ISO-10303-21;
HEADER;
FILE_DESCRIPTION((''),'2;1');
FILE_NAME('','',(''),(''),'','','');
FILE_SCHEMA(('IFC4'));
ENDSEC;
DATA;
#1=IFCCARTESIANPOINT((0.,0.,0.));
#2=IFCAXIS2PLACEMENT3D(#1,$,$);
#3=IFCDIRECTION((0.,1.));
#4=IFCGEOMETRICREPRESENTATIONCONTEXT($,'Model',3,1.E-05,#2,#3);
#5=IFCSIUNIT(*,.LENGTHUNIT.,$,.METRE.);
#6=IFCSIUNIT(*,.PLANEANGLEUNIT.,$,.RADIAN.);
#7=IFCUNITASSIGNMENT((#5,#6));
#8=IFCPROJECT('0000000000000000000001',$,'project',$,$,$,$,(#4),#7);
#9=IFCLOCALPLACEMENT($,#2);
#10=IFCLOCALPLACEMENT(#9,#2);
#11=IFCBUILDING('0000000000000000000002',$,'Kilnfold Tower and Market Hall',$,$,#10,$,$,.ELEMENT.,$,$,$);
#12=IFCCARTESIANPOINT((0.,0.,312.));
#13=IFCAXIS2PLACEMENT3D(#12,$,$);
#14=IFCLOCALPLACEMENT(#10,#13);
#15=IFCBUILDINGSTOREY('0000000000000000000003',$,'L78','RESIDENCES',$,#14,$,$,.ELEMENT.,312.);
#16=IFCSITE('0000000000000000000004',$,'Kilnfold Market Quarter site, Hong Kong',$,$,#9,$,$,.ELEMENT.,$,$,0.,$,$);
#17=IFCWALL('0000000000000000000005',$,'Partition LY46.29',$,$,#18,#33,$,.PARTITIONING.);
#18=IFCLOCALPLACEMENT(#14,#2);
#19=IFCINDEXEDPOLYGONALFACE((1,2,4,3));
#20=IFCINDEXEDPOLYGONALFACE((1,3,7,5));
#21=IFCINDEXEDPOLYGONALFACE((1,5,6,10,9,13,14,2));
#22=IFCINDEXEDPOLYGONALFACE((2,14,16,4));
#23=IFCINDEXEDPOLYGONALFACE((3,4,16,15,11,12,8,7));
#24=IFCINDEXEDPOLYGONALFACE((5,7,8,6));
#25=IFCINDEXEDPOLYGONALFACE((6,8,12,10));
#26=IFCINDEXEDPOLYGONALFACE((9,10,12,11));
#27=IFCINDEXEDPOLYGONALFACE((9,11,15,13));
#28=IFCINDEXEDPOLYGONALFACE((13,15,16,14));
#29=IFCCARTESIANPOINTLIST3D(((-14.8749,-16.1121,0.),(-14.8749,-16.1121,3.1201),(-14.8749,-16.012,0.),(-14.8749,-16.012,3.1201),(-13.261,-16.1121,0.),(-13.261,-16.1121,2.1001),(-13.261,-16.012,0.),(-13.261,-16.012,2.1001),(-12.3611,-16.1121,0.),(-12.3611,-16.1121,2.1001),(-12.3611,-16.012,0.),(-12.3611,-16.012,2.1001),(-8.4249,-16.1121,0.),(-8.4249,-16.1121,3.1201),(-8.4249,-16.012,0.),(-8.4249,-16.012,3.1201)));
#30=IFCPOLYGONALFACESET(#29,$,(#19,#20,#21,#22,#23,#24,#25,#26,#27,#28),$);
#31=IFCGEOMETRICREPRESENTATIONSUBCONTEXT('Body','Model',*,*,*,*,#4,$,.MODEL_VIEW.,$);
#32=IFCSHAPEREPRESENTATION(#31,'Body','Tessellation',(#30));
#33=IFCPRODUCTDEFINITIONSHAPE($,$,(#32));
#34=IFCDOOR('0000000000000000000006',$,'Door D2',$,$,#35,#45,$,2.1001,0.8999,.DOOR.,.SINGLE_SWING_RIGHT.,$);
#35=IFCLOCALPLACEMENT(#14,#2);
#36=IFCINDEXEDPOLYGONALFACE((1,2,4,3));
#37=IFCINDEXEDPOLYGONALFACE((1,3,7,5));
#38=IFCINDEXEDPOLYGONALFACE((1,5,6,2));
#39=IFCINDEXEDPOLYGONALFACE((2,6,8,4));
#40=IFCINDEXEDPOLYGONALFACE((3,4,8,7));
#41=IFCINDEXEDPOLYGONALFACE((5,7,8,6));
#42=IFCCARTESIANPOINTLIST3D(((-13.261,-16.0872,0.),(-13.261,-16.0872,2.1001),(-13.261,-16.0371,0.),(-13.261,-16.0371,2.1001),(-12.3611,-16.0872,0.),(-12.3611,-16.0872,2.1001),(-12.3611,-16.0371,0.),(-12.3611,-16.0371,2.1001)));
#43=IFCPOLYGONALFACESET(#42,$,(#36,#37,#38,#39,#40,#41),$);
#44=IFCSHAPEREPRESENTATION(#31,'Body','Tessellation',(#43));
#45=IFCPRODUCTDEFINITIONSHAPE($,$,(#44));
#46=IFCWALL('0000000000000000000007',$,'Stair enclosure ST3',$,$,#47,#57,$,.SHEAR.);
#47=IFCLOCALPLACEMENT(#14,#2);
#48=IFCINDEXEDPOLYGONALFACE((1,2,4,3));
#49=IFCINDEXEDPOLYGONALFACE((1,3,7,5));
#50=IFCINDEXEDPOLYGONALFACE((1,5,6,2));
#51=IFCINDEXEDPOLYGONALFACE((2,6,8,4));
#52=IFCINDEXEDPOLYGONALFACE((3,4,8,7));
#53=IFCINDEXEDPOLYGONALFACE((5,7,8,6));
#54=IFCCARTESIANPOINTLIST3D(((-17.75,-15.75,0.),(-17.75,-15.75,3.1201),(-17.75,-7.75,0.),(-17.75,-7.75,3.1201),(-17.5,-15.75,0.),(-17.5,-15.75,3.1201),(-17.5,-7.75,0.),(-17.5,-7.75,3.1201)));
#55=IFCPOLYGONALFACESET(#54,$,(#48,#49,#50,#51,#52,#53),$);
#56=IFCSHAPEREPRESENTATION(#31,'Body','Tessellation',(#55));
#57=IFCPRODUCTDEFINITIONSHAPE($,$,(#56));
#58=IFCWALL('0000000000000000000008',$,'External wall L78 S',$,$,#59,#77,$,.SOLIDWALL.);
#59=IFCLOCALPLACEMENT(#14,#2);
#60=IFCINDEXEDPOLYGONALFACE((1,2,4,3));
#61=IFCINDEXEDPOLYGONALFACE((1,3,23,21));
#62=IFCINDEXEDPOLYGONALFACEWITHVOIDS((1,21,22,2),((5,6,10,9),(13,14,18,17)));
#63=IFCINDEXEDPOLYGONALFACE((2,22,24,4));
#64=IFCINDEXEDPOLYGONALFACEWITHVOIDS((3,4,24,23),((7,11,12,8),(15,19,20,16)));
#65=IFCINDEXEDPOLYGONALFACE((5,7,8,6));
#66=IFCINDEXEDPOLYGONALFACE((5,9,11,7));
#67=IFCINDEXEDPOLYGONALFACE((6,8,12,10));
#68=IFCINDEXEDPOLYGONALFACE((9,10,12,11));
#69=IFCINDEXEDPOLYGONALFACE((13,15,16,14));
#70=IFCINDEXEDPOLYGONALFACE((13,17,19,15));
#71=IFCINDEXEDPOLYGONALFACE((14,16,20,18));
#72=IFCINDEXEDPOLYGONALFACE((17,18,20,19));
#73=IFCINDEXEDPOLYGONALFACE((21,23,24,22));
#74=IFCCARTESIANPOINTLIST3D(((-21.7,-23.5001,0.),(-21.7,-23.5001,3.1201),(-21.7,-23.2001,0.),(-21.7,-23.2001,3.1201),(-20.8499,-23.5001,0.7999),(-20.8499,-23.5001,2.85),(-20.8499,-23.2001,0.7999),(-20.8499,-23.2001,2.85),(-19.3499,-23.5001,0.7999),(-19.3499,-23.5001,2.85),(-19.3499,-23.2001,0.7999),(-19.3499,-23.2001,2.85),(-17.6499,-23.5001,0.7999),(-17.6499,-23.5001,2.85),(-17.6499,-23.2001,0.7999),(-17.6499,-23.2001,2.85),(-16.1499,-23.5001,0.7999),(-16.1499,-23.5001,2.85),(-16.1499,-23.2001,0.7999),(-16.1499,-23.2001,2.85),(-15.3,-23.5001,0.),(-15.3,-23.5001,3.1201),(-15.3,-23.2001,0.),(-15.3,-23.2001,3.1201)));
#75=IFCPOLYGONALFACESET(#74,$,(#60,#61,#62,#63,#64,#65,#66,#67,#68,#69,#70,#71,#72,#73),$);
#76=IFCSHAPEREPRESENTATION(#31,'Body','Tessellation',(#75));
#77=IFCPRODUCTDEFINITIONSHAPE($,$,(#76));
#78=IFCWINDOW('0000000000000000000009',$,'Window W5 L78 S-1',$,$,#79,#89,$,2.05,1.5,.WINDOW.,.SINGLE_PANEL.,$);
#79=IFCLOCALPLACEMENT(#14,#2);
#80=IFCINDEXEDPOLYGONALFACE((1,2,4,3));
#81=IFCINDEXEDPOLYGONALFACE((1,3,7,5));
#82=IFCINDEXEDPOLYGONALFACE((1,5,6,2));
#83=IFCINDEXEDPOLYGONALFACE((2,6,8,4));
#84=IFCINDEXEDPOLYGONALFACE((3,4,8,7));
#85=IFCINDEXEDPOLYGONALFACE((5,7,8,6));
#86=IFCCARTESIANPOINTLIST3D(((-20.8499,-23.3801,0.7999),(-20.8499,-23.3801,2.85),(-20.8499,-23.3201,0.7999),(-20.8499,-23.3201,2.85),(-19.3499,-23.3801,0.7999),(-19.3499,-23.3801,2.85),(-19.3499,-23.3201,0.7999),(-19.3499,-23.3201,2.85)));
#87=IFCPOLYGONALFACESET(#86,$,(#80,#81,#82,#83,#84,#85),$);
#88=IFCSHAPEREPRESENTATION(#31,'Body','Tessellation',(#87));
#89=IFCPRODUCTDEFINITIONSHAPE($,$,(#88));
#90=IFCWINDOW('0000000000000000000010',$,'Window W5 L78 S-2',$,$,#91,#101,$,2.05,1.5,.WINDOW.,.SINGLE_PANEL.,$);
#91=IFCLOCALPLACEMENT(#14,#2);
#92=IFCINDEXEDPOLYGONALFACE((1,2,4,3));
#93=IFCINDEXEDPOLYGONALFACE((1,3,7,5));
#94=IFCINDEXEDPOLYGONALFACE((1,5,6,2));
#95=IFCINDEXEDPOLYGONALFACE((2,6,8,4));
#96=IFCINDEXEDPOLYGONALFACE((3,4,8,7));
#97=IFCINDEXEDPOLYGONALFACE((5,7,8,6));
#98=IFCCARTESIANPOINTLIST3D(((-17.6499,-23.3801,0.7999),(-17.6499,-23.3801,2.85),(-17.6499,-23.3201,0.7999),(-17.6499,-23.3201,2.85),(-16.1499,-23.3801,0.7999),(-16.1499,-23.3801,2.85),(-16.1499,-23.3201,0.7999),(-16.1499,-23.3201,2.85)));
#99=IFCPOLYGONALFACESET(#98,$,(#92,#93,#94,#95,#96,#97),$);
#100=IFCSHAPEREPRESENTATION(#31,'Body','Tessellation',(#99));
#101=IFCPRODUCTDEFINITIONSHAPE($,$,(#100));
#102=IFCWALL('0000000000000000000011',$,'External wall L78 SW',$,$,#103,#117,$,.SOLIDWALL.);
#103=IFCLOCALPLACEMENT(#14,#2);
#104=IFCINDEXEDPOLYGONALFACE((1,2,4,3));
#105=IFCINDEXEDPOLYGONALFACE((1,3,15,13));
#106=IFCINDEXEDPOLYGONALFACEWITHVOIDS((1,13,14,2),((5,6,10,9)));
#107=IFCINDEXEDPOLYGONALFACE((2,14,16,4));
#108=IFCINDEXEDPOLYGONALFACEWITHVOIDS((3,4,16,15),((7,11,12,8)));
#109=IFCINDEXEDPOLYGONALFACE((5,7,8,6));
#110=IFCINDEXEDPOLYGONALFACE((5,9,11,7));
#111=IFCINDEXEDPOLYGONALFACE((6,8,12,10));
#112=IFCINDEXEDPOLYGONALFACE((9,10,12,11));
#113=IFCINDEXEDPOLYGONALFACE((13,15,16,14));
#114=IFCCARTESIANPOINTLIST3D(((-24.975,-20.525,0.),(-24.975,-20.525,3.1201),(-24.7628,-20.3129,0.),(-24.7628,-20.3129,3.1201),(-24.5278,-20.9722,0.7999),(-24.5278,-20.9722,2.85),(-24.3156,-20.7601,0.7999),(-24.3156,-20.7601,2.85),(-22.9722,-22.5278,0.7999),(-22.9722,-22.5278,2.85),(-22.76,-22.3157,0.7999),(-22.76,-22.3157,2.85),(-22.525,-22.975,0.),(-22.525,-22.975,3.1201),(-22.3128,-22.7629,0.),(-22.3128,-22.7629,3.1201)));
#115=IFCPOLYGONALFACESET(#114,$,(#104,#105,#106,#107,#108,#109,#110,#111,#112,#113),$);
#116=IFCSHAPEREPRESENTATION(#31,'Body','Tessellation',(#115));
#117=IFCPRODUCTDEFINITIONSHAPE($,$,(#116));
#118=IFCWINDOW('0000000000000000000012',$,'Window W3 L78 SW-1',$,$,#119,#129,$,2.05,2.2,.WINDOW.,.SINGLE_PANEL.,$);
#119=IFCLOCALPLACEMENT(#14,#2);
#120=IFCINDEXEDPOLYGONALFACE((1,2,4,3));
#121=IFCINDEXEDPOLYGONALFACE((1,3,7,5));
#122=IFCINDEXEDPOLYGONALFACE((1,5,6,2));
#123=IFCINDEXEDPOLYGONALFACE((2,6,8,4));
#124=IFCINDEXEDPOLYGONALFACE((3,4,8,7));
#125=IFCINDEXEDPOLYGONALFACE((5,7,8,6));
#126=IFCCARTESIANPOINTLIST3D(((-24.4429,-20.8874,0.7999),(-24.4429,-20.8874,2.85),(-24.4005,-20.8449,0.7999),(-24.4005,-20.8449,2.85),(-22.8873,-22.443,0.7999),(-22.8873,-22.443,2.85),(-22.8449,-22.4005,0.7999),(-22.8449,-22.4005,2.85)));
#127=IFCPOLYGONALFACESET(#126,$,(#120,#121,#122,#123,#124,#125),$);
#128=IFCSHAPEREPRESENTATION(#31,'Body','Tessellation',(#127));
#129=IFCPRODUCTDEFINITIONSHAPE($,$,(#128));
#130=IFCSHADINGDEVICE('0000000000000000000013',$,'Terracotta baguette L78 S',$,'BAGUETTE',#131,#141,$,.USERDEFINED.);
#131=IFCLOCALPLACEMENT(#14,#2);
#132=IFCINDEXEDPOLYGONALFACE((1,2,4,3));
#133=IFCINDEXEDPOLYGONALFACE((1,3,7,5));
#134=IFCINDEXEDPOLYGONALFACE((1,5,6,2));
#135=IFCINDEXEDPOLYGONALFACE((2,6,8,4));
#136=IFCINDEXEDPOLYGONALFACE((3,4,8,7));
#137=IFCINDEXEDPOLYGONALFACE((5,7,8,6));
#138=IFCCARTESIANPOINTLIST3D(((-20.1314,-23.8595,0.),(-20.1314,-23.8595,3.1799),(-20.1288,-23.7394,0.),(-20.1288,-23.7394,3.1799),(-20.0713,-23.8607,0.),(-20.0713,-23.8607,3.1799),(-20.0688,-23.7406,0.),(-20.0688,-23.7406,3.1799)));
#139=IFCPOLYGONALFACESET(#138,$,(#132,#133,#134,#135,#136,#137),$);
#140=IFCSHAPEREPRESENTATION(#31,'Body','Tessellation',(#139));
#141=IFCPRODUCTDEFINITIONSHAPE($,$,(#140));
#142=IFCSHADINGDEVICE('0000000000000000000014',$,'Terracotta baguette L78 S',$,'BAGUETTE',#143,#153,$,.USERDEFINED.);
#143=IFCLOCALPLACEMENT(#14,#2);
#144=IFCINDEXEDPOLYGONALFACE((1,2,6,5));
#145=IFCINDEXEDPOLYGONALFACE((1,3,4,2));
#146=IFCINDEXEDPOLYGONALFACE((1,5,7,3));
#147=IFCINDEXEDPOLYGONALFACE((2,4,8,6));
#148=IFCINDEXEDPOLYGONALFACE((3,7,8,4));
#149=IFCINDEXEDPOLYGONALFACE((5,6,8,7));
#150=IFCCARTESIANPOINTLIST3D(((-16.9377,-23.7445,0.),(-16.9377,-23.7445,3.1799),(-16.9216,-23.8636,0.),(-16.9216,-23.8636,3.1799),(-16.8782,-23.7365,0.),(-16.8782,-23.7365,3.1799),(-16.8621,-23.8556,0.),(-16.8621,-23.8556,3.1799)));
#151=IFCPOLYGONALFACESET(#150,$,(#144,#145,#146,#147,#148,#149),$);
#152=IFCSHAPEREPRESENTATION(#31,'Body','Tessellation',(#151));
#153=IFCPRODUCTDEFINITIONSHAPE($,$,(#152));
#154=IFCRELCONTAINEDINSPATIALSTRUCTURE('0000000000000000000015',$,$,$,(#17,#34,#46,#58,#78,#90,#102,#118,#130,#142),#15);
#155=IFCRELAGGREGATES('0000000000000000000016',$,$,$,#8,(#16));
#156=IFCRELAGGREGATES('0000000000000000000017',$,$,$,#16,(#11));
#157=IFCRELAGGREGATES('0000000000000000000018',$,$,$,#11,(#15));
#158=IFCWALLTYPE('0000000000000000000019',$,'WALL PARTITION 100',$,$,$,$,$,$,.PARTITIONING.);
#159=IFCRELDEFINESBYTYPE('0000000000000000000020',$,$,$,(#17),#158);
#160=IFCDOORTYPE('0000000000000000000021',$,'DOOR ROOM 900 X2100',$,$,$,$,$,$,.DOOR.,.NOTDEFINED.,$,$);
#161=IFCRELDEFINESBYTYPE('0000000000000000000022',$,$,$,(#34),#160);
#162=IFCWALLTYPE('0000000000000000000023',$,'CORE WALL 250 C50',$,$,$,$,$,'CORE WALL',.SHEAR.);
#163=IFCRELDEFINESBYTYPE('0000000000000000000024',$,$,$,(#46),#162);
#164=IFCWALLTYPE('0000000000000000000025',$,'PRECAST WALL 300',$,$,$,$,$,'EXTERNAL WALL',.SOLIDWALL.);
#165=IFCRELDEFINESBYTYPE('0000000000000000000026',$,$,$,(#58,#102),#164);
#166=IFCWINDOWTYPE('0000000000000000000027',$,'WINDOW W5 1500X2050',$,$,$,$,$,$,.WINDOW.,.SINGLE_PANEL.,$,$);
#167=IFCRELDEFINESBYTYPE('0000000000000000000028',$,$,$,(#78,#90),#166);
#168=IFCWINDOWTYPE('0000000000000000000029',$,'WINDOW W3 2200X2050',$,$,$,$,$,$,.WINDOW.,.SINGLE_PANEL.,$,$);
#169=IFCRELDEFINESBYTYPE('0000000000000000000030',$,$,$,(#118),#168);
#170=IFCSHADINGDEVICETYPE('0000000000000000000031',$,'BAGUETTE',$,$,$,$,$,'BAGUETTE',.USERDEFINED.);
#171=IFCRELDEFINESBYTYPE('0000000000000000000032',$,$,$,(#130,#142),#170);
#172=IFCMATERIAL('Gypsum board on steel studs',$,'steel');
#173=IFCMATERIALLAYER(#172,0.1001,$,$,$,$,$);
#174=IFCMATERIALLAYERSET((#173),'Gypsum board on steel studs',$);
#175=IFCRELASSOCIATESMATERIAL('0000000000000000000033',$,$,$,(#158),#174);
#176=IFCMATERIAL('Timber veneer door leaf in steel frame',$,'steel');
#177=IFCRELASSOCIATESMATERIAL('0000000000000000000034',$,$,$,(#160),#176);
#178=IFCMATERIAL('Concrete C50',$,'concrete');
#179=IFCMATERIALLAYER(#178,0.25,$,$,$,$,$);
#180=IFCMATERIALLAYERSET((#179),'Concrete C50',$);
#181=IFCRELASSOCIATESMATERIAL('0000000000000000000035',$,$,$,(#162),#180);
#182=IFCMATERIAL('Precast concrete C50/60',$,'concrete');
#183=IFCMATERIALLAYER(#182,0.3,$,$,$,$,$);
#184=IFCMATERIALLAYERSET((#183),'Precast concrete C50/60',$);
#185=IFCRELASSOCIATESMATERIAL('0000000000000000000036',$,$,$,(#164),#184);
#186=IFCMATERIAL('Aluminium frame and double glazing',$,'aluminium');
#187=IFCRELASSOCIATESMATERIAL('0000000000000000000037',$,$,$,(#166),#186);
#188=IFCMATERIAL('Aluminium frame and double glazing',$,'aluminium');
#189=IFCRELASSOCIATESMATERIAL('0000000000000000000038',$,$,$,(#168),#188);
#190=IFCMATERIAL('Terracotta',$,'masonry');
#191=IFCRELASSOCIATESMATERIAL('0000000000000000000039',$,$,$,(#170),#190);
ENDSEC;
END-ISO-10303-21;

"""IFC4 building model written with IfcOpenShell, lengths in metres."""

from ifc_helpers import new_model, si_unit, direction, frame, frame_2d, origin, origin_2d, place, context, subcontext, project, spatial, rectangle, extrude, source, transform, mapped, material, layer, layer_set, material_profile, profile_set, type_object, element, fill, save


model = new_model("IFC4")

# Units and contexts
model_context = context("Model", 3, precision=1e-05, world=origin(), true_north=direction((0.0, 1.0)))
body_context = subcontext(model_context, "Body", "Model", "MODEL_VIEW")
ifc_project = project(units=[si_unit("LENGTHUNIT", "METRE"), si_unit("PLANEANGLEUNIT", "RADIAN")], contexts=[model_context])

# Site, building, storey
site_placement = place(None, origin())
site = spatial("IfcSite", under=ifc_project, at=site_placement, Name="Kilnfold Market Quarter site, Hong Kong", CompositionType="ELEMENT", RefElevation=0.0)
building_placement = place(site_placement, origin())
building = spatial("IfcBuilding", under=site, at=building_placement, Name="Kilnfold Tower and Market Hall", CompositionType="ELEMENT")
storey_placement = place(building_placement, frame((0.0, 0.0, 312.0)))
storey = spatial("IfcBuildingStorey", under=building, at=storey_placement, Name="L78", Description="RESIDENCES", CompositionType="ELEMENT", Elevation=312.0)

# Wall, opening, door
ifc_material_1 = material(Name="Gypsum board on steel studs", Category="steel")
ifc_layer_1 = layer(ifc_material_1, 0.1001)
ifc_layer_set_1 = layer_set([ifc_layer_1], Name="Gypsum board on steel studs")
wall_type_1 = type_object("IfcWallType", Name="WALL PARTITION 100", PredefinedType="PARTITIONING", material=ifc_layer_set_1)
ifc_material_2 = material(Name="Timber veneer door leaf in steel frame", Category="steel")
door_type = type_object("IfcDoorType", Name="DOOR ROOM 900 X2100", OperationType="NOTDEFINED", PredefinedType="DOOR", material=ifc_material_2)
wall_1_placement = place(storey_placement, frame((-14.875, -16.062, 0.0), z_axis=(0.0, 0.0, 1.0), x_axis=(1.0, 0.0, 0.0)))
wall_1 = element("IfcWall", 1, at=wall_1_placement, inside=storey, type_object=wall_type_1, Name="Partition LY46.29", PredefinedType="PARTITIONING", context=body_context, shape_type="SweptSolid", body=[
    extrude(rectangle(XDim=6.45, YDim=0.1001, at=frame_2d((3.2251, 0.0))), origin(), (0.0, 0.0, 1.0), 3.1201),
])
opening_1_placement = place(wall_1_placement, frame((1.614, 0.0, 0.0)))
opening_1 = element("IfcOpeningElement", 2, at=opening_1_placement, cuts=wall_1, PredefinedType="OPENING", context=body_context, shape_type="SweptSolid", body=[
    extrude(rectangle(XDim=0.8999, YDim=2.1001, at=frame_2d((0.45, 1.05))), frame((0.0, 0.0601, 0.0), z_axis=(0.0, -1.0, 0.0), x_axis=(1.0, 0.0, 0.0)), (0.0, 0.0, 1.0), 0.1201),
])
door_1_placement = place(opening_1_placement, origin())
door_1 = element("IfcDoor", 3, at=door_1_placement, inside=storey, type_object=door_type, Name="Door D2", OperationType="SINGLE_SWING_RIGHT", OverallHeight=2.1001, OverallWidth=0.8999, PredefinedType="DOOR", context=body_context, shape_type="SweptSolid", body=[
    extrude(rectangle(XDim=0.8999, YDim=2.1001, at=frame_2d((0.45, 1.05))), frame((0.0, 0.0249, 0.0), z_axis=(0.0, -1.0, 0.0), x_axis=(1.0, 0.0, 0.0)), (0.0, 0.0, 1.0), 0.05),
])
fill(opening_1, door_1)

# Wall
ifc_material_3 = material(Name="Concrete C50", Category="concrete")
ifc_layer_2 = layer(ifc_material_3, 0.25)
ifc_layer_set_2 = layer_set([ifc_layer_2], Name="Concrete C50")
wall_type_2 = type_object("IfcWallType", Name="CORE WALL 250 C50", ElementType="CORE WALL", PredefinedType="SHEAR", material=ifc_layer_set_2)
shared_shape_1 = source(origin(), body_context, "Body", "SweptSolid", [
    extrude(rectangle(XDim=8.0, YDim=0.25, at=frame_2d((4.0, 0.0))), origin(), (0.0, 0.0, 1.0), 3.1201),
])
wall_2_placement = place(storey_placement, frame((-17.625, -15.75, 0.0), z_axis=(0.0, 0.0, 1.0), x_axis=(0.0, 1.0, 0.0)))
element("IfcWall", 4, at=wall_2_placement, inside=storey, type_object=wall_type_2, Name="Stair enclosure ST3", PredefinedType="SHEAR", context=body_context, shape_type="MappedRepresentation", body=[
    mapped(shared_shape_1, transform((0.0, 0.0, 0.0))),
])

# Wall, openings, windows
ifc_material_4 = material(Name="Precast concrete C50/60", Category="concrete")
ifc_layer_3 = layer(ifc_material_4, 0.3)
ifc_layer_set_3 = layer_set([ifc_layer_3], Name="Precast concrete C50/60")
wall_type_3 = type_object("IfcWallType", Name="PRECAST WALL 300", ElementType="EXTERNAL WALL", PredefinedType="SOLIDWALL", material=ifc_layer_set_3)
shared_shape_2 = source(origin(), body_context, "Body", "SweptSolid", [
    extrude(rectangle(XDim=6.3999, YDim=0.3, at=frame_2d((3.2, 0.0))), origin(), (0.0, 0.0, 1.0), 3.1201),
])
wall_3_placement = place(storey_placement, frame((-21.7, -23.3501, 0.0), z_axis=(0.0, 0.0, 1.0), x_axis=(1.0, 0.0, 0.0)))
wall_3 = element("IfcWall", 5, at=wall_3_placement, inside=storey, type_object=wall_type_3, Name="External wall L78 S", PredefinedType="SOLIDWALL", context=body_context, shape_type="MappedRepresentation", body=[
    mapped(shared_shape_2, transform((0.0, 0.0, 0.0))),
])
opening_2_placement = place(wall_3_placement, frame((0.8501, 0.0, 0.8)))
opening_2 = element("IfcOpeningElement", 6, at=opening_2_placement, cuts=wall_3, PredefinedType="OPENING", context=body_context, shape_type="SweptSolid", body=[
    extrude(rectangle(XDim=1.5, YDim=2.05, at=frame_2d((0.75, 1.0249))), frame((0.0, 0.1602, 0.0), z_axis=(0.0, -1.0, 0.0), x_axis=(1.0, 0.0, 0.0)), (0.0, 0.0, 1.0), 0.3201),
])
opening_3_placement = place(wall_3_placement, frame((4.05, 0.0, 0.8)))
opening_3 = element("IfcOpeningElement", 7, at=opening_3_placement, cuts=wall_3, PredefinedType="OPENING", context=body_context, shape_type="SweptSolid", body=[
    extrude(rectangle(XDim=1.5, YDim=2.05, at=frame_2d((0.75, 1.0249))), frame((0.0, 0.1602, 0.0), z_axis=(0.0, -1.0, 0.0), x_axis=(1.0, 0.0, 0.0)), (0.0, 0.0, 1.0), 0.3201),
])
ifc_material_5 = material(Name="Aluminium frame and double glazing", Category="aluminium")
window_type_1 = type_object("IfcWindowType", Name="WINDOW W5 1500X2050", PartitioningType="SINGLE_PANEL", PredefinedType="WINDOW", material=ifc_material_5)
window_1_placement = place(opening_2_placement, origin())
window_1 = element("IfcWindow", 8, at=window_1_placement, inside=storey, type_object=window_type_1, Name="Window W5 L78 S-1", OverallHeight=2.05, OverallWidth=1.5, PartitioningType="SINGLE_PANEL", PredefinedType="WINDOW", context=body_context, shape_type="SweptSolid", body=[
    extrude(rectangle(XDim=1.5, YDim=2.05, at=frame_2d((0.75, 1.0249))), frame((0.0, 0.03, 0.0), z_axis=(0.0, -1.0, 0.0), x_axis=(1.0, 0.0, 0.0)), (0.0, 0.0, 1.0), 0.0601),
])
fill(opening_2, window_1)
window_2_placement = place(opening_3_placement, origin())
window_2 = element("IfcWindow", 9, at=window_2_placement, inside=storey, type_object=window_type_1, Name="Window W5 L78 S-2", OverallHeight=2.05, OverallWidth=1.5, PartitioningType="SINGLE_PANEL", PredefinedType="WINDOW", context=body_context, shape_type="SweptSolid", body=[
    extrude(rectangle(XDim=1.5, YDim=2.05, at=frame_2d((0.75, 1.0249))), frame((0.0, 0.03, 0.0), z_axis=(0.0, -1.0, 0.0), x_axis=(1.0, 0.0, 0.0)), (0.0, 0.0, 1.0), 0.0601),
])
fill(opening_3, window_2)

# Wall, opening, window
shared_shape_3 = source(origin(), body_context, "Body", "SweptSolid", [
    extrude(rectangle(XDim=3.4648, YDim=0.3, at=frame_2d((1.7324, 0.0))), origin(), (0.0, 0.0, 1.0), 3.1201),
])
wall_4_placement = place(storey_placement, frame((-24.8689, -20.4189, 0.0), z_axis=(0.0, 0.0, 1.0), x_axis=(0.707107, -0.707107, 0.0)))
wall_4 = element("IfcWall", 10, at=wall_4_placement, inside=storey, type_object=wall_type_3, Name="External wall L78 SW", PredefinedType="SOLIDWALL", context=body_context, shape_type="MappedRepresentation", body=[
    mapped(shared_shape_3, transform((0.0, 0.0, 0.0))),
])
opening_4_placement = place(wall_4_placement, frame((0.6323, 0.0, 0.8)))
opening_4 = element("IfcOpeningElement", 11, at=opening_4_placement, cuts=wall_4, PredefinedType="OPENING", context=body_context, shape_type="SweptSolid", body=[
    extrude(rectangle(XDim=2.2, YDim=2.05, at=frame_2d((1.1001, 1.0249))), frame((0.0, 0.1602, 0.0), z_axis=(0.0, -1.0, 0.0), x_axis=(1.0, 0.0, 0.0)), (0.0, 0.0, 1.0), 0.3201),
])
ifc_material_6 = material(Name="Aluminium frame and double glazing", Category="aluminium")
window_type_2 = type_object("IfcWindowType", Name="WINDOW W3 2200X2050", PartitioningType="SINGLE_PANEL", PredefinedType="WINDOW", material=ifc_material_6)
window_3_placement = place(opening_4_placement, origin())
window_3 = element("IfcWindow", 12, at=window_3_placement, inside=storey, type_object=window_type_2, Name="Window W3 L78 SW-1", OverallHeight=2.05, OverallWidth=2.2, PartitioningType="SINGLE_PANEL", PredefinedType="WINDOW", context=body_context, shape_type="SweptSolid", body=[
    extrude(rectangle(XDim=2.2, YDim=2.05, at=frame_2d((1.1001, 1.0249))), frame((0.0, 0.03, 0.0), z_axis=(0.0, -1.0, 0.0), x_axis=(1.0, 0.0, 0.0)), (0.0, 0.0, 1.0), 0.0601),
])
fill(opening_4, window_3)

# Shading devices
ifc_material_7 = material(Name="Terracotta", Category="masonry")
ifc_material_profile_1 = material_profile(ifc_material_7, rectangle(XDim=0.0601, YDim=0.1201, at=origin_2d()), Name="BAG 60x120")
ifc_profile_set_1 = profile_set([ifc_material_profile_1], Name="Terracotta")
shading_device_type = type_object("IfcShadingDeviceType", Name="BAGUETTE", ElementType="BAGUETTE", PredefinedType="USERDEFINED", material=ifc_profile_set_1)
shared_shape_4 = source(origin(), body_context, "Body", "SweptSolid", [
    extrude(rectangle(XDim=0.0601, YDim=0.1201, at=origin_2d()), origin(), (0.0, 0.0, 1.0), 3.1799),
])
for number, where, z_axis, x_axis, name in (
    (13, (-20.1001, -23.8, 0.0), (0.0, 0.0, 1.0), (0.999775, -0.021222, 0.0), "Terracotta baguette L78 S"),
    (14, (-16.8999, -23.8, 0.0), (0.0, 0.0, 1.0), (0.991048, 0.133507, 0.0), "Terracotta baguette L78 S"),
):
    element("IfcShadingDevice", number, at=place(storey_placement, frame(where, z_axis=z_axis, x_axis=x_axis)), inside=storey, type_object=shading_device_type, Name=name, ObjectType="BAGUETTE", PredefinedType="USERDEFINED", context=body_context, shape_type="MappedRepresentation", body=[
        mapped(shared_shape_4, transform((0.0, 0.0, 0.0))),
    ])

save(model, "model.ifc")
